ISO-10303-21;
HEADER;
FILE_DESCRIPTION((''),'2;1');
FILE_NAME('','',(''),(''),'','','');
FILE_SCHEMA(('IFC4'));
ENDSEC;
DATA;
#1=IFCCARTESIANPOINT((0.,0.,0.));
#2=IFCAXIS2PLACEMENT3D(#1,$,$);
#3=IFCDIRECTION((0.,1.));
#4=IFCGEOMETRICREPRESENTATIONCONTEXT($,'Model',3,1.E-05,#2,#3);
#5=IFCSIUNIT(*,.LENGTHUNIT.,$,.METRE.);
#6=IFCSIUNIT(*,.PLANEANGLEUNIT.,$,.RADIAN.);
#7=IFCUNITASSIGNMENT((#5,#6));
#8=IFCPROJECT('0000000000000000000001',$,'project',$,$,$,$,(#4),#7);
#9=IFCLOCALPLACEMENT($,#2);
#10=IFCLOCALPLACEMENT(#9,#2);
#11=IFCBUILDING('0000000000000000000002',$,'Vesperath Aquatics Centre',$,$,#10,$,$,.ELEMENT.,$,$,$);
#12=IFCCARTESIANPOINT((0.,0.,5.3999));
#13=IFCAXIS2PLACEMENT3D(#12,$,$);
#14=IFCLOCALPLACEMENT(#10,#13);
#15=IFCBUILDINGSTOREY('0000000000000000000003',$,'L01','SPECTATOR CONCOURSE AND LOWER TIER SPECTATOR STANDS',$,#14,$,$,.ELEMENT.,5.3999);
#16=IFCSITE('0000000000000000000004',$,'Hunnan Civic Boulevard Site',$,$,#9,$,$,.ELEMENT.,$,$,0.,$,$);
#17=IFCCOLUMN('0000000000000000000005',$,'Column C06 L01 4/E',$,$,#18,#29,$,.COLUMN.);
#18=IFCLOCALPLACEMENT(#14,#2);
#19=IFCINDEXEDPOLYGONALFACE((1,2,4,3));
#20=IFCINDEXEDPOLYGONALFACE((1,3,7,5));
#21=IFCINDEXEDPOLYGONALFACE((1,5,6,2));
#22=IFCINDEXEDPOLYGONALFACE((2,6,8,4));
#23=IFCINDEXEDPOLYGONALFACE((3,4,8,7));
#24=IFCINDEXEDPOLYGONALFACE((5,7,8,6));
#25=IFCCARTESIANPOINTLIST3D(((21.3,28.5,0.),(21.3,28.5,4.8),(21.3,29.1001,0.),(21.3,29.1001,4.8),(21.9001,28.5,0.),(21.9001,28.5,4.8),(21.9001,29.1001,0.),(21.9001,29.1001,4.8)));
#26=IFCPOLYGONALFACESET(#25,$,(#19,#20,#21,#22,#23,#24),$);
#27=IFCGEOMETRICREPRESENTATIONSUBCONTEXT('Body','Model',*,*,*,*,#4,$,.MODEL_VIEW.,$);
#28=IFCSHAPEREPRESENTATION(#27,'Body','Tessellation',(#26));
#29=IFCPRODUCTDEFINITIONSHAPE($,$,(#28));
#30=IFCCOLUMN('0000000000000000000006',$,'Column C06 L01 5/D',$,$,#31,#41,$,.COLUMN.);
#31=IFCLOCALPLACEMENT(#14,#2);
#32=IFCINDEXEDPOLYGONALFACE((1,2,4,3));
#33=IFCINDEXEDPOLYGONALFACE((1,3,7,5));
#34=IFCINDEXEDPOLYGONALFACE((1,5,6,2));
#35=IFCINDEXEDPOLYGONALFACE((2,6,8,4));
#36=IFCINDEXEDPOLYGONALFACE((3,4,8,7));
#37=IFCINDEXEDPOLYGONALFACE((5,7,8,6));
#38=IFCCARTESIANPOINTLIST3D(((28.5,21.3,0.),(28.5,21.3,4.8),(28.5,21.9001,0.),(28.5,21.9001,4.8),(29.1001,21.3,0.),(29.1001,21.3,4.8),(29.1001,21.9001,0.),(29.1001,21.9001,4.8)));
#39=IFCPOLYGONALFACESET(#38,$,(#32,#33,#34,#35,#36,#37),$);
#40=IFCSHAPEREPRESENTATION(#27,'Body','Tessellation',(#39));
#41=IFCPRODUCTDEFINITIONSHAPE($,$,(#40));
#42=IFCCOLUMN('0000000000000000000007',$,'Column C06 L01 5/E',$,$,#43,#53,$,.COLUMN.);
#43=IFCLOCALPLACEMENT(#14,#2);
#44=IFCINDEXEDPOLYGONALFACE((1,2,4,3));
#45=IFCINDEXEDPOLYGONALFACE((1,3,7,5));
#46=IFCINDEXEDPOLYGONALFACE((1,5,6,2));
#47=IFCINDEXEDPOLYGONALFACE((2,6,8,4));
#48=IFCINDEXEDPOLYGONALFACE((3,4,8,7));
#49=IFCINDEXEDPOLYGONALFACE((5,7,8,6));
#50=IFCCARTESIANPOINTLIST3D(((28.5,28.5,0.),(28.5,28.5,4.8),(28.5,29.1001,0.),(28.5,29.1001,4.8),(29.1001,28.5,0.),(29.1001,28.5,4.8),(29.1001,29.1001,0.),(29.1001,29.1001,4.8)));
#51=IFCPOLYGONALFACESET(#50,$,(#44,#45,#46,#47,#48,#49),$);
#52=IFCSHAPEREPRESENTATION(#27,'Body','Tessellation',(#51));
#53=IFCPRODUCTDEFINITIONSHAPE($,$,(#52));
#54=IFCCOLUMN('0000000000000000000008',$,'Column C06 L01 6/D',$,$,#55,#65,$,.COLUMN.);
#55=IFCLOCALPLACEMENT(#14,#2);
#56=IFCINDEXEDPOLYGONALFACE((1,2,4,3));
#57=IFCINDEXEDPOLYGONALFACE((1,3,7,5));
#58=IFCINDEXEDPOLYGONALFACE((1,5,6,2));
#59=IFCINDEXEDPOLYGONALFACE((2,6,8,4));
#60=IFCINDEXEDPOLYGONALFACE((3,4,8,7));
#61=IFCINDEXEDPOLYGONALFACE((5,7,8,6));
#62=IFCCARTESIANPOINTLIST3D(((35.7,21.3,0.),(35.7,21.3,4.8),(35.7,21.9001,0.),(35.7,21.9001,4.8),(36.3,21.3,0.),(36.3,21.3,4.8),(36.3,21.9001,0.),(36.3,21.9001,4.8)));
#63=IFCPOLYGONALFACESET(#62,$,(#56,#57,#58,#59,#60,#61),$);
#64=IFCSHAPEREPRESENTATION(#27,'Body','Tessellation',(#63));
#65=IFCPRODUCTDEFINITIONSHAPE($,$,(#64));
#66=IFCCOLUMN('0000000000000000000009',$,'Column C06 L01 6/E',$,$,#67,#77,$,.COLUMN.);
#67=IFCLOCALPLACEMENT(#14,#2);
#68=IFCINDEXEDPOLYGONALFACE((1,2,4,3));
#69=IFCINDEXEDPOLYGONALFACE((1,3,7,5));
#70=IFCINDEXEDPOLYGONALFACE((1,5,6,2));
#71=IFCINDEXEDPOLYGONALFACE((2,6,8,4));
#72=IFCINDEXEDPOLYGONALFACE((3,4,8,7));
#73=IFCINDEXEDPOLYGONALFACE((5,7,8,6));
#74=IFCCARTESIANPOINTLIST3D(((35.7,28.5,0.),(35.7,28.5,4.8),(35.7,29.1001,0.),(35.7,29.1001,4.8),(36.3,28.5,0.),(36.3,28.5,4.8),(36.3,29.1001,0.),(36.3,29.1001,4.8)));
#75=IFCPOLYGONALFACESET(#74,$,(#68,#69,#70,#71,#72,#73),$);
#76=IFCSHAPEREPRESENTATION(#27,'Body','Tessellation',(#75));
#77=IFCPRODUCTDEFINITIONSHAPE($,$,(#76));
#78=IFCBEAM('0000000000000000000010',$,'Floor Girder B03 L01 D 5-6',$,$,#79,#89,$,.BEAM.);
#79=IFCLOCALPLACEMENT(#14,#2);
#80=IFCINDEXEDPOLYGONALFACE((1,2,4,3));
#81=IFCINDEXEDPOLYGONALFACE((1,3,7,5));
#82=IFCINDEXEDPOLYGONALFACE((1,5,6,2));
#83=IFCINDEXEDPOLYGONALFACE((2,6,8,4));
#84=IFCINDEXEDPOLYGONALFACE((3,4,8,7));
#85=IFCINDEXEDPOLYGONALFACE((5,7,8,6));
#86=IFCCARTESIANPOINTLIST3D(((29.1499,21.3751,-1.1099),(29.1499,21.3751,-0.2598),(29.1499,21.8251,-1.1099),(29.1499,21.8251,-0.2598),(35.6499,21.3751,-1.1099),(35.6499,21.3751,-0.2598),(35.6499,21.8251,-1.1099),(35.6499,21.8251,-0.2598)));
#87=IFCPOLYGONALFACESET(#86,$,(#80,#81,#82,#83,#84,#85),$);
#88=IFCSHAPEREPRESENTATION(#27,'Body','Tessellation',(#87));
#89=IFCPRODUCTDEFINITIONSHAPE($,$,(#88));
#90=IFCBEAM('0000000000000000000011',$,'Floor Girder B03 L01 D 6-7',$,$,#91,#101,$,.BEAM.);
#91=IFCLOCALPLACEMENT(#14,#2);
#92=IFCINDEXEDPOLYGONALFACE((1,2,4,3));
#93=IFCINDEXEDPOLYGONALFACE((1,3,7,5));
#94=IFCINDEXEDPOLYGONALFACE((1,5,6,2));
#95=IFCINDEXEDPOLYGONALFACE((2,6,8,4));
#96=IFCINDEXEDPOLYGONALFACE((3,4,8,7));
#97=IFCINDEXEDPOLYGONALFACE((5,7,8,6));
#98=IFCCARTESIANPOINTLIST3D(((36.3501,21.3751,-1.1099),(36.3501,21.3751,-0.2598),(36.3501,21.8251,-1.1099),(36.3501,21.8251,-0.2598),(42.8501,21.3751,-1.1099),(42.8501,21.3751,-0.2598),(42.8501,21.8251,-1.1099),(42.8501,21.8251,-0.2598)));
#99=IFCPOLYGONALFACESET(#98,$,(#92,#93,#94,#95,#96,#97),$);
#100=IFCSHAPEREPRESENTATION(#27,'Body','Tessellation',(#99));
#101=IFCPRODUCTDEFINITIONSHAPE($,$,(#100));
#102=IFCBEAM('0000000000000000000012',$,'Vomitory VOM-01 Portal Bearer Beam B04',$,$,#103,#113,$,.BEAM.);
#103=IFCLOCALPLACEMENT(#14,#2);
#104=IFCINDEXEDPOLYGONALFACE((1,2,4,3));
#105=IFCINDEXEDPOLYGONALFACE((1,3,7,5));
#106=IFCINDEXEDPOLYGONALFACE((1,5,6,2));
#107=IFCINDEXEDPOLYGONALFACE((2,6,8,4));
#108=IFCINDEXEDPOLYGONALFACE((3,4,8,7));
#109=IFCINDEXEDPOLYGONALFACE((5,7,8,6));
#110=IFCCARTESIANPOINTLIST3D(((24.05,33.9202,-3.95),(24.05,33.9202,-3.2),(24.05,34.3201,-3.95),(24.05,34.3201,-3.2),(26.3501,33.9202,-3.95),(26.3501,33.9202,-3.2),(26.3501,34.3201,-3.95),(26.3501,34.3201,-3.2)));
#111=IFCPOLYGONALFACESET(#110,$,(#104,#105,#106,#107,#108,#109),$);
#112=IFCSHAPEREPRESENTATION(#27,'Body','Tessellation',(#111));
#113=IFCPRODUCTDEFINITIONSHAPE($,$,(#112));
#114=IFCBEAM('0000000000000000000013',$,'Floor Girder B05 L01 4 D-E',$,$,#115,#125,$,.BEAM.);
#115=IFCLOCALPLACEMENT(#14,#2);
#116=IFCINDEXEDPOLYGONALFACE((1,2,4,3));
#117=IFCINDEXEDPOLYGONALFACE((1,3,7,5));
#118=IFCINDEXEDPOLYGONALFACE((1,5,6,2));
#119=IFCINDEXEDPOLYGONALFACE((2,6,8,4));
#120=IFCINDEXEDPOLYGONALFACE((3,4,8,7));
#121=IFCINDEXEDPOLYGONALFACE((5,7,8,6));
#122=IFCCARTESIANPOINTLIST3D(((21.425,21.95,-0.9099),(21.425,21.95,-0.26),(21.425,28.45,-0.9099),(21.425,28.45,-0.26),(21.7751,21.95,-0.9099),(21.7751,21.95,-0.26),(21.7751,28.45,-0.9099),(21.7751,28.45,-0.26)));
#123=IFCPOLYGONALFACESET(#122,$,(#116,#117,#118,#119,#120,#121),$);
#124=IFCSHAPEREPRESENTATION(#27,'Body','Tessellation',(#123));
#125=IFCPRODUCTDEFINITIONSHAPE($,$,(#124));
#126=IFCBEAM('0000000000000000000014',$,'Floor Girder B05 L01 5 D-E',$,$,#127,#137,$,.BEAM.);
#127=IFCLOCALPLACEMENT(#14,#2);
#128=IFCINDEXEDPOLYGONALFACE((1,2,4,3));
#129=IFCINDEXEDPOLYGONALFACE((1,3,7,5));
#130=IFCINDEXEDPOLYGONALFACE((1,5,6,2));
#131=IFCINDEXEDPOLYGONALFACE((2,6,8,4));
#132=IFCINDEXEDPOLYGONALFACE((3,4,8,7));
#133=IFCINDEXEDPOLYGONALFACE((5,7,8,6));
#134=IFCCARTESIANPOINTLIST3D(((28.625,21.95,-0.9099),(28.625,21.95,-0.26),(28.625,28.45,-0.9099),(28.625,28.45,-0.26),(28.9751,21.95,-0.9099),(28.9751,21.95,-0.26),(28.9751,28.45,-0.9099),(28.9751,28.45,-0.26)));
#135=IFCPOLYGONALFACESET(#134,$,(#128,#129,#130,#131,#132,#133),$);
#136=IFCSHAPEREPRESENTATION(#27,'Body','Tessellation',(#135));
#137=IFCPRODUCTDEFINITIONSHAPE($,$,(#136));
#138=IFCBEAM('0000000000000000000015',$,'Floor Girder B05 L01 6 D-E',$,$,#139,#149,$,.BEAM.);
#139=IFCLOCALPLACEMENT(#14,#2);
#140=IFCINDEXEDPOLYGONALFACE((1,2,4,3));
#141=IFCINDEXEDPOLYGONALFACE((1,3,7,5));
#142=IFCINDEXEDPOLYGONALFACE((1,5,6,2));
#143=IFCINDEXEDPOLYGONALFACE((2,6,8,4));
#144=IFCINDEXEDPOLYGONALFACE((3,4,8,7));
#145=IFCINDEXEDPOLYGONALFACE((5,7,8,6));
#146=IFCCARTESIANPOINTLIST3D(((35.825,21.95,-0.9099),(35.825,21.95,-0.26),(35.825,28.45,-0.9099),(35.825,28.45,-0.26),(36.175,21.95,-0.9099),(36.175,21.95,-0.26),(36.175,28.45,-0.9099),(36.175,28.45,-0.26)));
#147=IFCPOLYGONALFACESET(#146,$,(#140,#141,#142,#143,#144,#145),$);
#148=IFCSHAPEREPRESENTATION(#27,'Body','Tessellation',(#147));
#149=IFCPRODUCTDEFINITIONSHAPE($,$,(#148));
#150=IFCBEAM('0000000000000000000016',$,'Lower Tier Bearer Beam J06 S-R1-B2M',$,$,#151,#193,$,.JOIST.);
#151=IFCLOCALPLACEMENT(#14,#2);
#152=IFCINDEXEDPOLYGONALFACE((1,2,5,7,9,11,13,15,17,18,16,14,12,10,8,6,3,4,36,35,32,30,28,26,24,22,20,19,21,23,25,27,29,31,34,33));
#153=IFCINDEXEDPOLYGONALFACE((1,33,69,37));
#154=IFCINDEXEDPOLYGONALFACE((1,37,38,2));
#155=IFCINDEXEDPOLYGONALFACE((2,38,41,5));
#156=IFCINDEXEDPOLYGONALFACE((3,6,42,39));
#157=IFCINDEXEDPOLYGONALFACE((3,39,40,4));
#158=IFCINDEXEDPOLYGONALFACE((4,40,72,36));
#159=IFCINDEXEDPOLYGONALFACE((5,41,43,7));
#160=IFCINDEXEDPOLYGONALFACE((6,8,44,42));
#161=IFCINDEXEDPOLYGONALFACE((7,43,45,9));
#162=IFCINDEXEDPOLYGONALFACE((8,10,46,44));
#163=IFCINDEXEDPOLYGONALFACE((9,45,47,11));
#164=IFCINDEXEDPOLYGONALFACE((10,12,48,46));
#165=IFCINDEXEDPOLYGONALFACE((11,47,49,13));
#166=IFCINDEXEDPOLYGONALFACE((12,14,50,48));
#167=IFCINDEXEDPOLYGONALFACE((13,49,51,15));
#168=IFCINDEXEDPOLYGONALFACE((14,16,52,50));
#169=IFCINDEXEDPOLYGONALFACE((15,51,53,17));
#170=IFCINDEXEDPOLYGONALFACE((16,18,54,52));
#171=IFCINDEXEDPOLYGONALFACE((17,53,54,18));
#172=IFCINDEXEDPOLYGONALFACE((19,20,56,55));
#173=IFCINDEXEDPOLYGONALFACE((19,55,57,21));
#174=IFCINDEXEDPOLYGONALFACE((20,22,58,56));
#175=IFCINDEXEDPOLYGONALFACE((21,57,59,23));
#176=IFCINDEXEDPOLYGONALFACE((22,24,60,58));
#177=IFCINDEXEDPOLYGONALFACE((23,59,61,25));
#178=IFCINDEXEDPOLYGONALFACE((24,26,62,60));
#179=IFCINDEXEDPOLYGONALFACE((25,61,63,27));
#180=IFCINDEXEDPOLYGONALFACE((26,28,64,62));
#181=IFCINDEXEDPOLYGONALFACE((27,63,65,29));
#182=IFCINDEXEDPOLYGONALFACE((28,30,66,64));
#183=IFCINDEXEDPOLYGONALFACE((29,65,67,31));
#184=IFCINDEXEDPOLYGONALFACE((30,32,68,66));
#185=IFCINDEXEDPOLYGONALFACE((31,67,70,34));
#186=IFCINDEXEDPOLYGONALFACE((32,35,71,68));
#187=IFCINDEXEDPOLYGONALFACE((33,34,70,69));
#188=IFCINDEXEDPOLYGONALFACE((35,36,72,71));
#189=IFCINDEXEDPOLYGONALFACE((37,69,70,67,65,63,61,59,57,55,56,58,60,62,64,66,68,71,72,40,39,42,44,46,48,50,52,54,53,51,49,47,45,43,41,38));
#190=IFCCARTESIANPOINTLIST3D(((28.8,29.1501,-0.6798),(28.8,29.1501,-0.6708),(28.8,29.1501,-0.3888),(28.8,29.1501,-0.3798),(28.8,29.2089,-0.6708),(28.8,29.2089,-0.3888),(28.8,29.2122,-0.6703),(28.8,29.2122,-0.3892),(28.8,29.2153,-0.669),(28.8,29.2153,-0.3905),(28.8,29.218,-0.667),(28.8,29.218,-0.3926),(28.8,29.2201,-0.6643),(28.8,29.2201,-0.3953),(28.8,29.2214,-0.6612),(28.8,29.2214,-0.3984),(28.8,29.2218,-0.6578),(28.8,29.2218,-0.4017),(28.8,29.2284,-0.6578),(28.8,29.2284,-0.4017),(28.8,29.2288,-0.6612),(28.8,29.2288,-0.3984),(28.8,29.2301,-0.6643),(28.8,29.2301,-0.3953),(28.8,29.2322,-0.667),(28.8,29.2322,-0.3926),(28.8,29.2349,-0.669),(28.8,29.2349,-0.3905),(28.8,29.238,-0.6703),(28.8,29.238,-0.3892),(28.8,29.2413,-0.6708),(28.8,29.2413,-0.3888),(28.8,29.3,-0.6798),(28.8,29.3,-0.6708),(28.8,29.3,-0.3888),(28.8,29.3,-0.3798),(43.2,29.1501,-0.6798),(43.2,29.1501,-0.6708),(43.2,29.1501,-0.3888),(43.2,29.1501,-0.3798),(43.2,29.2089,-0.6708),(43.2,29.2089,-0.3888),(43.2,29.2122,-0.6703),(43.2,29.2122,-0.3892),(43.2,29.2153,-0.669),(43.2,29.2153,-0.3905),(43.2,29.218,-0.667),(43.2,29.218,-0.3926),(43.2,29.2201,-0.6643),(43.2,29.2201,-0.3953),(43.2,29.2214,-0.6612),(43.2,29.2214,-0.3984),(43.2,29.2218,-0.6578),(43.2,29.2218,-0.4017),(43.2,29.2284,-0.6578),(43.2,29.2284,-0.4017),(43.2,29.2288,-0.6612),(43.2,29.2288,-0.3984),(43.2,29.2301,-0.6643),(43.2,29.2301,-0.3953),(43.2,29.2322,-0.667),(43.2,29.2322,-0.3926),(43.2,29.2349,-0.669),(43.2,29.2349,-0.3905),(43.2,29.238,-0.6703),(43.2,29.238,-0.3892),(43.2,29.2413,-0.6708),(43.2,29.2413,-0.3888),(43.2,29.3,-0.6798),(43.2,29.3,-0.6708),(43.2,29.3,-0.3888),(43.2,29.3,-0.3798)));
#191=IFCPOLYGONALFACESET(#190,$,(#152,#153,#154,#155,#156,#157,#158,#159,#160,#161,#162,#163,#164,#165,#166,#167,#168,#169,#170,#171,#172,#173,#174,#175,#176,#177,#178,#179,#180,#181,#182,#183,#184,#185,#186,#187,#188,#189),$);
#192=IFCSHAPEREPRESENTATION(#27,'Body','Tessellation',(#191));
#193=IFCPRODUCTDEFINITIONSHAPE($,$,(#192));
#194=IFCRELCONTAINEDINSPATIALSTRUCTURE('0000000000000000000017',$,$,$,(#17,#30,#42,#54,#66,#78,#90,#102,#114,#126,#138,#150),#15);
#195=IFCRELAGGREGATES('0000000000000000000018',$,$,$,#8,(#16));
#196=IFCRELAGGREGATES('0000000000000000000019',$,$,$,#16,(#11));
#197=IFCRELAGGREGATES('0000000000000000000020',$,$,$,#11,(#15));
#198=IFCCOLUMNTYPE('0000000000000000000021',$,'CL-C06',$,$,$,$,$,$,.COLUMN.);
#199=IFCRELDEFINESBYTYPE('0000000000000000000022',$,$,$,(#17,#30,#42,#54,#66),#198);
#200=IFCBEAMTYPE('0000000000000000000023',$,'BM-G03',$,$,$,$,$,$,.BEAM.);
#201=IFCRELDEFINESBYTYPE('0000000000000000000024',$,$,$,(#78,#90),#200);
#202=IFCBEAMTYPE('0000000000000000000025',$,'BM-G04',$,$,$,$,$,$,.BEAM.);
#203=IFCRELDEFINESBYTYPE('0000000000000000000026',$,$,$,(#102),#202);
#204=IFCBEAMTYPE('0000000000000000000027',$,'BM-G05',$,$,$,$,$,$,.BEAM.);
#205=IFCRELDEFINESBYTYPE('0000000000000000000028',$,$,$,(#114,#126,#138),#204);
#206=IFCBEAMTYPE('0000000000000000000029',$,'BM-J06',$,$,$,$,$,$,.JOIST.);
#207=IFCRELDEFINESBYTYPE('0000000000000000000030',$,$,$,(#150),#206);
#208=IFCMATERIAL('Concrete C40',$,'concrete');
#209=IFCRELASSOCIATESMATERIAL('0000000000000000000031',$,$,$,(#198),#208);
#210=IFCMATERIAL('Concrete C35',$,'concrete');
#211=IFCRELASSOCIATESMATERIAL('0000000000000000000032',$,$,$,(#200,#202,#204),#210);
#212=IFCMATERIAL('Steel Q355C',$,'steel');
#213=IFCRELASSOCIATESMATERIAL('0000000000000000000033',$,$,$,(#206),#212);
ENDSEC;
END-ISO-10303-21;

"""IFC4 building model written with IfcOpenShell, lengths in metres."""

from ifc_helpers import new_model, si_unit, direction, frame, origin, origin_2d, place, context, subcontext, project, spatial, rectangle, i_section, extrude, material, material_profile, profile_set, type_object, element, save


model = new_model("IFC4")

# Units and contexts
model_context = context("Model", 3, precision=1e-05, world=origin(), true_north=direction((0.0, 1.0)))
body_context = subcontext(model_context, "Body", "Model", "MODEL_VIEW")
ifc_project = project(units=[si_unit("LENGTHUNIT", "METRE"), si_unit("PLANEANGLEUNIT", "RADIAN")], contexts=[model_context])

# Site, building, storey
site_placement = place(None, origin())
site = spatial("IfcSite", under=ifc_project, at=site_placement, Name="Hunnan Civic Boulevard Site", CompositionType="ELEMENT", RefElevation=0.0)
building_placement = place(site_placement, origin())
building = spatial("IfcBuilding", under=site, at=building_placement, Name="Vesperath Aquatics Centre", CompositionType="ELEMENT")
storey_placement = place(building_placement, frame((0.0, 0.0, 5.3999)))
storey = spatial("IfcBuildingStorey", under=building, at=storey_placement, Name="L01", Description="SPECTATOR CONCOURSE AND LOWER TIER SPECTATOR STANDS", CompositionType="ELEMENT", Elevation=5.3999)

# Columns
ifc_material_1 = material(Name="Concrete C40", Category="concrete")
ifc_material_profile_1 = material_profile(ifc_material_1, rectangle(XDim=0.6001, YDim=0.6001, at=origin_2d()), Name="RC 600x600")
ifc_profile_set_1 = profile_set([ifc_material_profile_1], Name="Concrete C40")
column_type = type_object("IfcColumnType", Name="CL-C06", PredefinedType="COLUMN", material=ifc_profile_set_1)
for number, where, z_axis, x_axis, name in (
    (1, (21.6001, 28.8, 0.0), (0.0, 0.0, 1.0), (1.0, 0.0, 0.0), "Column C06 L01 4/E"),
    (2, (28.8, 21.6001, 0.0), (0.0, 0.0, 1.0), (1.0, 0.0, 0.0), "Column C06 L01 5/D"),
    (3, (28.8, 28.8, 0.0), (0.0, 0.0, 1.0), (1.0, 0.0, 0.0), "Column C06 L01 5/E"),
    (4, (36.0, 21.6001, 0.0), (0.0, 0.0, 1.0), (1.0, 0.0, 0.0), "Column C06 L01 6/D"),
    (5, (36.0, 28.8, 0.0), (0.0, 0.0, 1.0), (1.0, 0.0, 0.0), "Column C06 L01 6/E"),
):
    element("IfcColumn", number, at=place(storey_placement, frame(where, z_axis=z_axis, x_axis=x_axis)), inside=storey, type_object=column_type, Name=name, PredefinedType="COLUMN", context=body_context, shape_type="SweptSolid", body=[
        extrude(rectangle(XDim=0.6001, YDim=0.6001, at=origin_2d()), origin(), (0.0, 0.0, 1.0), 4.8),
    ])

# Beams
ifc_material_2 = material(Name="Concrete C35", Category="concrete")
ifc_material_profile_2 = material_profile(ifc_material_2, rectangle(XDim=0.45, YDim=0.8501, at=origin_2d()), Name="RC 450x850")
ifc_profile_set_2 = profile_set([ifc_material_profile_2], Name="Concrete C35")
beam_type_1 = type_object("IfcBeamType", Name="BM-G03", PredefinedType="BEAM", material=ifc_profile_set_2)
for number, where, z_axis, x_axis, name in (
    (6, (29.1499, 21.6001, -0.6848), (1.0, 0.0, 0.0), (0.0, 1.0, 0.0), "Floor Girder B03 L01 D 5-6"),
    (7, (36.3501, 21.6001, -0.6848), (1.0, 0.0, 0.0), (0.0, 1.0, 0.0), "Floor Girder B03 L01 D 6-7"),
):
    element("IfcBeam", number, at=place(storey_placement, frame(where, z_axis=z_axis, x_axis=x_axis)), inside=storey, type_object=beam_type_1, Name=name, PredefinedType="BEAM", context=body_context, shape_type="SweptSolid", body=[
        extrude(rectangle(XDim=0.45, YDim=0.8501, at=origin_2d()), origin(), (0.0, 0.0, 1.0), 6.5),
    ])
ifc_material_profile_3 = material_profile(ifc_material_2, rectangle(XDim=0.3999, YDim=0.75, at=origin_2d()), Name="RC 400x750")
ifc_profile_set_3 = profile_set([ifc_material_profile_3], Name="Concrete C35")
beam_type_2 = type_object("IfcBeamType", Name="BM-G04", PredefinedType="BEAM", material=ifc_profile_set_3)
beam_placement = place(storey_placement, frame((24.05, 34.1201, -3.575), z_axis=(1.0, 0.0, 0.0), x_axis=(0.0, 1.0, 0.0)))
element("IfcBeam", 8, at=beam_placement, inside=storey, type_object=beam_type_2, Name="Vomitory VOM-01 Portal Bearer Beam B04", PredefinedType="BEAM", context=body_context, shape_type="SweptSolid", body=[
    extrude(rectangle(XDim=0.3999, YDim=0.75, at=origin_2d()), origin(), (0.0, 0.0, 1.0), 2.3),
])
ifc_material_profile_4 = material_profile(ifc_material_2, rectangle(XDim=0.3501, YDim=0.6499, at=origin_2d()), Name="RC 350x650")
ifc_profile_set_4 = profile_set([ifc_material_profile_4], Name="Concrete C35")
beam_type_3 = type_object("IfcBeamType", Name="BM-G05", PredefinedType="BEAM", material=ifc_profile_set_4)
for number, where, z_axis, x_axis, name in (
    (9, (21.6001, 21.95, -0.585), (0.0, 1.0, 0.0), (-1.0, 0.0, 0.0), "Floor Girder B05 L01 4 D-E"),
    (10, (28.8, 21.95, -0.585), (0.0, 1.0, 0.0), (-1.0, 0.0, 0.0), "Floor Girder B05 L01 5 D-E"),
    (11, (36.0, 21.95, -0.585), (0.0, 1.0, 0.0), (-1.0, 0.0, 0.0), "Floor Girder B05 L01 6 D-E"),
):
    element("IfcBeam", number, at=place(storey_placement, frame(where, z_axis=z_axis, x_axis=x_axis)), inside=storey, type_object=beam_type_3, Name=name, PredefinedType="BEAM", context=body_context, shape_type="SweptSolid", body=[
        extrude(rectangle(XDim=0.3501, YDim=0.6499, at=origin_2d()), origin(), (0.0, 0.0, 1.0), 6.5),
    ])
ifc_material_3 = material(Name="Steel Q355C", Category="steel")
ifc_material_profile_5 = material_profile(ifc_material_3, i_section(OverallWidth=0.1499, OverallDepth=0.3, WebThickness=0.0066, FlangeThickness=0.009, FilletRadius=0.0129, at=origin_2d()), Name="HN 300x150x6.5x9")
ifc_profile_set_5 = profile_set([ifc_material_profile_5], Name="Steel Q355C")
beam_type_4 = type_object("IfcBeamType", Name="BM-J06", PredefinedType="JOIST", material=ifc_profile_set_5)
for number, where, z_axis, x_axis, name in (
    (12, (28.8, 29.2251, -0.5298), (1.0, 0.0, 0.0), (0.0, 1.0, 0.0), "Lower Tier Bearer Beam J06 S-R1-B2M"),
):
    element("IfcBeam", number, at=place(storey_placement, frame(where, z_axis=z_axis, x_axis=x_axis)), inside=storey, type_object=beam_type_4, Name=name, PredefinedType="JOIST", context=body_context, shape_type="SweptSolid", body=[
        extrude(i_section(OverallWidth=0.1499, OverallDepth=0.3, WebThickness=0.0066, FlangeThickness=0.009, FilletRadius=0.0129, at=origin_2d()), origin(), (0.0, 0.0, 1.0), 14.3999),
    ])

save(model, "model.ifc")
